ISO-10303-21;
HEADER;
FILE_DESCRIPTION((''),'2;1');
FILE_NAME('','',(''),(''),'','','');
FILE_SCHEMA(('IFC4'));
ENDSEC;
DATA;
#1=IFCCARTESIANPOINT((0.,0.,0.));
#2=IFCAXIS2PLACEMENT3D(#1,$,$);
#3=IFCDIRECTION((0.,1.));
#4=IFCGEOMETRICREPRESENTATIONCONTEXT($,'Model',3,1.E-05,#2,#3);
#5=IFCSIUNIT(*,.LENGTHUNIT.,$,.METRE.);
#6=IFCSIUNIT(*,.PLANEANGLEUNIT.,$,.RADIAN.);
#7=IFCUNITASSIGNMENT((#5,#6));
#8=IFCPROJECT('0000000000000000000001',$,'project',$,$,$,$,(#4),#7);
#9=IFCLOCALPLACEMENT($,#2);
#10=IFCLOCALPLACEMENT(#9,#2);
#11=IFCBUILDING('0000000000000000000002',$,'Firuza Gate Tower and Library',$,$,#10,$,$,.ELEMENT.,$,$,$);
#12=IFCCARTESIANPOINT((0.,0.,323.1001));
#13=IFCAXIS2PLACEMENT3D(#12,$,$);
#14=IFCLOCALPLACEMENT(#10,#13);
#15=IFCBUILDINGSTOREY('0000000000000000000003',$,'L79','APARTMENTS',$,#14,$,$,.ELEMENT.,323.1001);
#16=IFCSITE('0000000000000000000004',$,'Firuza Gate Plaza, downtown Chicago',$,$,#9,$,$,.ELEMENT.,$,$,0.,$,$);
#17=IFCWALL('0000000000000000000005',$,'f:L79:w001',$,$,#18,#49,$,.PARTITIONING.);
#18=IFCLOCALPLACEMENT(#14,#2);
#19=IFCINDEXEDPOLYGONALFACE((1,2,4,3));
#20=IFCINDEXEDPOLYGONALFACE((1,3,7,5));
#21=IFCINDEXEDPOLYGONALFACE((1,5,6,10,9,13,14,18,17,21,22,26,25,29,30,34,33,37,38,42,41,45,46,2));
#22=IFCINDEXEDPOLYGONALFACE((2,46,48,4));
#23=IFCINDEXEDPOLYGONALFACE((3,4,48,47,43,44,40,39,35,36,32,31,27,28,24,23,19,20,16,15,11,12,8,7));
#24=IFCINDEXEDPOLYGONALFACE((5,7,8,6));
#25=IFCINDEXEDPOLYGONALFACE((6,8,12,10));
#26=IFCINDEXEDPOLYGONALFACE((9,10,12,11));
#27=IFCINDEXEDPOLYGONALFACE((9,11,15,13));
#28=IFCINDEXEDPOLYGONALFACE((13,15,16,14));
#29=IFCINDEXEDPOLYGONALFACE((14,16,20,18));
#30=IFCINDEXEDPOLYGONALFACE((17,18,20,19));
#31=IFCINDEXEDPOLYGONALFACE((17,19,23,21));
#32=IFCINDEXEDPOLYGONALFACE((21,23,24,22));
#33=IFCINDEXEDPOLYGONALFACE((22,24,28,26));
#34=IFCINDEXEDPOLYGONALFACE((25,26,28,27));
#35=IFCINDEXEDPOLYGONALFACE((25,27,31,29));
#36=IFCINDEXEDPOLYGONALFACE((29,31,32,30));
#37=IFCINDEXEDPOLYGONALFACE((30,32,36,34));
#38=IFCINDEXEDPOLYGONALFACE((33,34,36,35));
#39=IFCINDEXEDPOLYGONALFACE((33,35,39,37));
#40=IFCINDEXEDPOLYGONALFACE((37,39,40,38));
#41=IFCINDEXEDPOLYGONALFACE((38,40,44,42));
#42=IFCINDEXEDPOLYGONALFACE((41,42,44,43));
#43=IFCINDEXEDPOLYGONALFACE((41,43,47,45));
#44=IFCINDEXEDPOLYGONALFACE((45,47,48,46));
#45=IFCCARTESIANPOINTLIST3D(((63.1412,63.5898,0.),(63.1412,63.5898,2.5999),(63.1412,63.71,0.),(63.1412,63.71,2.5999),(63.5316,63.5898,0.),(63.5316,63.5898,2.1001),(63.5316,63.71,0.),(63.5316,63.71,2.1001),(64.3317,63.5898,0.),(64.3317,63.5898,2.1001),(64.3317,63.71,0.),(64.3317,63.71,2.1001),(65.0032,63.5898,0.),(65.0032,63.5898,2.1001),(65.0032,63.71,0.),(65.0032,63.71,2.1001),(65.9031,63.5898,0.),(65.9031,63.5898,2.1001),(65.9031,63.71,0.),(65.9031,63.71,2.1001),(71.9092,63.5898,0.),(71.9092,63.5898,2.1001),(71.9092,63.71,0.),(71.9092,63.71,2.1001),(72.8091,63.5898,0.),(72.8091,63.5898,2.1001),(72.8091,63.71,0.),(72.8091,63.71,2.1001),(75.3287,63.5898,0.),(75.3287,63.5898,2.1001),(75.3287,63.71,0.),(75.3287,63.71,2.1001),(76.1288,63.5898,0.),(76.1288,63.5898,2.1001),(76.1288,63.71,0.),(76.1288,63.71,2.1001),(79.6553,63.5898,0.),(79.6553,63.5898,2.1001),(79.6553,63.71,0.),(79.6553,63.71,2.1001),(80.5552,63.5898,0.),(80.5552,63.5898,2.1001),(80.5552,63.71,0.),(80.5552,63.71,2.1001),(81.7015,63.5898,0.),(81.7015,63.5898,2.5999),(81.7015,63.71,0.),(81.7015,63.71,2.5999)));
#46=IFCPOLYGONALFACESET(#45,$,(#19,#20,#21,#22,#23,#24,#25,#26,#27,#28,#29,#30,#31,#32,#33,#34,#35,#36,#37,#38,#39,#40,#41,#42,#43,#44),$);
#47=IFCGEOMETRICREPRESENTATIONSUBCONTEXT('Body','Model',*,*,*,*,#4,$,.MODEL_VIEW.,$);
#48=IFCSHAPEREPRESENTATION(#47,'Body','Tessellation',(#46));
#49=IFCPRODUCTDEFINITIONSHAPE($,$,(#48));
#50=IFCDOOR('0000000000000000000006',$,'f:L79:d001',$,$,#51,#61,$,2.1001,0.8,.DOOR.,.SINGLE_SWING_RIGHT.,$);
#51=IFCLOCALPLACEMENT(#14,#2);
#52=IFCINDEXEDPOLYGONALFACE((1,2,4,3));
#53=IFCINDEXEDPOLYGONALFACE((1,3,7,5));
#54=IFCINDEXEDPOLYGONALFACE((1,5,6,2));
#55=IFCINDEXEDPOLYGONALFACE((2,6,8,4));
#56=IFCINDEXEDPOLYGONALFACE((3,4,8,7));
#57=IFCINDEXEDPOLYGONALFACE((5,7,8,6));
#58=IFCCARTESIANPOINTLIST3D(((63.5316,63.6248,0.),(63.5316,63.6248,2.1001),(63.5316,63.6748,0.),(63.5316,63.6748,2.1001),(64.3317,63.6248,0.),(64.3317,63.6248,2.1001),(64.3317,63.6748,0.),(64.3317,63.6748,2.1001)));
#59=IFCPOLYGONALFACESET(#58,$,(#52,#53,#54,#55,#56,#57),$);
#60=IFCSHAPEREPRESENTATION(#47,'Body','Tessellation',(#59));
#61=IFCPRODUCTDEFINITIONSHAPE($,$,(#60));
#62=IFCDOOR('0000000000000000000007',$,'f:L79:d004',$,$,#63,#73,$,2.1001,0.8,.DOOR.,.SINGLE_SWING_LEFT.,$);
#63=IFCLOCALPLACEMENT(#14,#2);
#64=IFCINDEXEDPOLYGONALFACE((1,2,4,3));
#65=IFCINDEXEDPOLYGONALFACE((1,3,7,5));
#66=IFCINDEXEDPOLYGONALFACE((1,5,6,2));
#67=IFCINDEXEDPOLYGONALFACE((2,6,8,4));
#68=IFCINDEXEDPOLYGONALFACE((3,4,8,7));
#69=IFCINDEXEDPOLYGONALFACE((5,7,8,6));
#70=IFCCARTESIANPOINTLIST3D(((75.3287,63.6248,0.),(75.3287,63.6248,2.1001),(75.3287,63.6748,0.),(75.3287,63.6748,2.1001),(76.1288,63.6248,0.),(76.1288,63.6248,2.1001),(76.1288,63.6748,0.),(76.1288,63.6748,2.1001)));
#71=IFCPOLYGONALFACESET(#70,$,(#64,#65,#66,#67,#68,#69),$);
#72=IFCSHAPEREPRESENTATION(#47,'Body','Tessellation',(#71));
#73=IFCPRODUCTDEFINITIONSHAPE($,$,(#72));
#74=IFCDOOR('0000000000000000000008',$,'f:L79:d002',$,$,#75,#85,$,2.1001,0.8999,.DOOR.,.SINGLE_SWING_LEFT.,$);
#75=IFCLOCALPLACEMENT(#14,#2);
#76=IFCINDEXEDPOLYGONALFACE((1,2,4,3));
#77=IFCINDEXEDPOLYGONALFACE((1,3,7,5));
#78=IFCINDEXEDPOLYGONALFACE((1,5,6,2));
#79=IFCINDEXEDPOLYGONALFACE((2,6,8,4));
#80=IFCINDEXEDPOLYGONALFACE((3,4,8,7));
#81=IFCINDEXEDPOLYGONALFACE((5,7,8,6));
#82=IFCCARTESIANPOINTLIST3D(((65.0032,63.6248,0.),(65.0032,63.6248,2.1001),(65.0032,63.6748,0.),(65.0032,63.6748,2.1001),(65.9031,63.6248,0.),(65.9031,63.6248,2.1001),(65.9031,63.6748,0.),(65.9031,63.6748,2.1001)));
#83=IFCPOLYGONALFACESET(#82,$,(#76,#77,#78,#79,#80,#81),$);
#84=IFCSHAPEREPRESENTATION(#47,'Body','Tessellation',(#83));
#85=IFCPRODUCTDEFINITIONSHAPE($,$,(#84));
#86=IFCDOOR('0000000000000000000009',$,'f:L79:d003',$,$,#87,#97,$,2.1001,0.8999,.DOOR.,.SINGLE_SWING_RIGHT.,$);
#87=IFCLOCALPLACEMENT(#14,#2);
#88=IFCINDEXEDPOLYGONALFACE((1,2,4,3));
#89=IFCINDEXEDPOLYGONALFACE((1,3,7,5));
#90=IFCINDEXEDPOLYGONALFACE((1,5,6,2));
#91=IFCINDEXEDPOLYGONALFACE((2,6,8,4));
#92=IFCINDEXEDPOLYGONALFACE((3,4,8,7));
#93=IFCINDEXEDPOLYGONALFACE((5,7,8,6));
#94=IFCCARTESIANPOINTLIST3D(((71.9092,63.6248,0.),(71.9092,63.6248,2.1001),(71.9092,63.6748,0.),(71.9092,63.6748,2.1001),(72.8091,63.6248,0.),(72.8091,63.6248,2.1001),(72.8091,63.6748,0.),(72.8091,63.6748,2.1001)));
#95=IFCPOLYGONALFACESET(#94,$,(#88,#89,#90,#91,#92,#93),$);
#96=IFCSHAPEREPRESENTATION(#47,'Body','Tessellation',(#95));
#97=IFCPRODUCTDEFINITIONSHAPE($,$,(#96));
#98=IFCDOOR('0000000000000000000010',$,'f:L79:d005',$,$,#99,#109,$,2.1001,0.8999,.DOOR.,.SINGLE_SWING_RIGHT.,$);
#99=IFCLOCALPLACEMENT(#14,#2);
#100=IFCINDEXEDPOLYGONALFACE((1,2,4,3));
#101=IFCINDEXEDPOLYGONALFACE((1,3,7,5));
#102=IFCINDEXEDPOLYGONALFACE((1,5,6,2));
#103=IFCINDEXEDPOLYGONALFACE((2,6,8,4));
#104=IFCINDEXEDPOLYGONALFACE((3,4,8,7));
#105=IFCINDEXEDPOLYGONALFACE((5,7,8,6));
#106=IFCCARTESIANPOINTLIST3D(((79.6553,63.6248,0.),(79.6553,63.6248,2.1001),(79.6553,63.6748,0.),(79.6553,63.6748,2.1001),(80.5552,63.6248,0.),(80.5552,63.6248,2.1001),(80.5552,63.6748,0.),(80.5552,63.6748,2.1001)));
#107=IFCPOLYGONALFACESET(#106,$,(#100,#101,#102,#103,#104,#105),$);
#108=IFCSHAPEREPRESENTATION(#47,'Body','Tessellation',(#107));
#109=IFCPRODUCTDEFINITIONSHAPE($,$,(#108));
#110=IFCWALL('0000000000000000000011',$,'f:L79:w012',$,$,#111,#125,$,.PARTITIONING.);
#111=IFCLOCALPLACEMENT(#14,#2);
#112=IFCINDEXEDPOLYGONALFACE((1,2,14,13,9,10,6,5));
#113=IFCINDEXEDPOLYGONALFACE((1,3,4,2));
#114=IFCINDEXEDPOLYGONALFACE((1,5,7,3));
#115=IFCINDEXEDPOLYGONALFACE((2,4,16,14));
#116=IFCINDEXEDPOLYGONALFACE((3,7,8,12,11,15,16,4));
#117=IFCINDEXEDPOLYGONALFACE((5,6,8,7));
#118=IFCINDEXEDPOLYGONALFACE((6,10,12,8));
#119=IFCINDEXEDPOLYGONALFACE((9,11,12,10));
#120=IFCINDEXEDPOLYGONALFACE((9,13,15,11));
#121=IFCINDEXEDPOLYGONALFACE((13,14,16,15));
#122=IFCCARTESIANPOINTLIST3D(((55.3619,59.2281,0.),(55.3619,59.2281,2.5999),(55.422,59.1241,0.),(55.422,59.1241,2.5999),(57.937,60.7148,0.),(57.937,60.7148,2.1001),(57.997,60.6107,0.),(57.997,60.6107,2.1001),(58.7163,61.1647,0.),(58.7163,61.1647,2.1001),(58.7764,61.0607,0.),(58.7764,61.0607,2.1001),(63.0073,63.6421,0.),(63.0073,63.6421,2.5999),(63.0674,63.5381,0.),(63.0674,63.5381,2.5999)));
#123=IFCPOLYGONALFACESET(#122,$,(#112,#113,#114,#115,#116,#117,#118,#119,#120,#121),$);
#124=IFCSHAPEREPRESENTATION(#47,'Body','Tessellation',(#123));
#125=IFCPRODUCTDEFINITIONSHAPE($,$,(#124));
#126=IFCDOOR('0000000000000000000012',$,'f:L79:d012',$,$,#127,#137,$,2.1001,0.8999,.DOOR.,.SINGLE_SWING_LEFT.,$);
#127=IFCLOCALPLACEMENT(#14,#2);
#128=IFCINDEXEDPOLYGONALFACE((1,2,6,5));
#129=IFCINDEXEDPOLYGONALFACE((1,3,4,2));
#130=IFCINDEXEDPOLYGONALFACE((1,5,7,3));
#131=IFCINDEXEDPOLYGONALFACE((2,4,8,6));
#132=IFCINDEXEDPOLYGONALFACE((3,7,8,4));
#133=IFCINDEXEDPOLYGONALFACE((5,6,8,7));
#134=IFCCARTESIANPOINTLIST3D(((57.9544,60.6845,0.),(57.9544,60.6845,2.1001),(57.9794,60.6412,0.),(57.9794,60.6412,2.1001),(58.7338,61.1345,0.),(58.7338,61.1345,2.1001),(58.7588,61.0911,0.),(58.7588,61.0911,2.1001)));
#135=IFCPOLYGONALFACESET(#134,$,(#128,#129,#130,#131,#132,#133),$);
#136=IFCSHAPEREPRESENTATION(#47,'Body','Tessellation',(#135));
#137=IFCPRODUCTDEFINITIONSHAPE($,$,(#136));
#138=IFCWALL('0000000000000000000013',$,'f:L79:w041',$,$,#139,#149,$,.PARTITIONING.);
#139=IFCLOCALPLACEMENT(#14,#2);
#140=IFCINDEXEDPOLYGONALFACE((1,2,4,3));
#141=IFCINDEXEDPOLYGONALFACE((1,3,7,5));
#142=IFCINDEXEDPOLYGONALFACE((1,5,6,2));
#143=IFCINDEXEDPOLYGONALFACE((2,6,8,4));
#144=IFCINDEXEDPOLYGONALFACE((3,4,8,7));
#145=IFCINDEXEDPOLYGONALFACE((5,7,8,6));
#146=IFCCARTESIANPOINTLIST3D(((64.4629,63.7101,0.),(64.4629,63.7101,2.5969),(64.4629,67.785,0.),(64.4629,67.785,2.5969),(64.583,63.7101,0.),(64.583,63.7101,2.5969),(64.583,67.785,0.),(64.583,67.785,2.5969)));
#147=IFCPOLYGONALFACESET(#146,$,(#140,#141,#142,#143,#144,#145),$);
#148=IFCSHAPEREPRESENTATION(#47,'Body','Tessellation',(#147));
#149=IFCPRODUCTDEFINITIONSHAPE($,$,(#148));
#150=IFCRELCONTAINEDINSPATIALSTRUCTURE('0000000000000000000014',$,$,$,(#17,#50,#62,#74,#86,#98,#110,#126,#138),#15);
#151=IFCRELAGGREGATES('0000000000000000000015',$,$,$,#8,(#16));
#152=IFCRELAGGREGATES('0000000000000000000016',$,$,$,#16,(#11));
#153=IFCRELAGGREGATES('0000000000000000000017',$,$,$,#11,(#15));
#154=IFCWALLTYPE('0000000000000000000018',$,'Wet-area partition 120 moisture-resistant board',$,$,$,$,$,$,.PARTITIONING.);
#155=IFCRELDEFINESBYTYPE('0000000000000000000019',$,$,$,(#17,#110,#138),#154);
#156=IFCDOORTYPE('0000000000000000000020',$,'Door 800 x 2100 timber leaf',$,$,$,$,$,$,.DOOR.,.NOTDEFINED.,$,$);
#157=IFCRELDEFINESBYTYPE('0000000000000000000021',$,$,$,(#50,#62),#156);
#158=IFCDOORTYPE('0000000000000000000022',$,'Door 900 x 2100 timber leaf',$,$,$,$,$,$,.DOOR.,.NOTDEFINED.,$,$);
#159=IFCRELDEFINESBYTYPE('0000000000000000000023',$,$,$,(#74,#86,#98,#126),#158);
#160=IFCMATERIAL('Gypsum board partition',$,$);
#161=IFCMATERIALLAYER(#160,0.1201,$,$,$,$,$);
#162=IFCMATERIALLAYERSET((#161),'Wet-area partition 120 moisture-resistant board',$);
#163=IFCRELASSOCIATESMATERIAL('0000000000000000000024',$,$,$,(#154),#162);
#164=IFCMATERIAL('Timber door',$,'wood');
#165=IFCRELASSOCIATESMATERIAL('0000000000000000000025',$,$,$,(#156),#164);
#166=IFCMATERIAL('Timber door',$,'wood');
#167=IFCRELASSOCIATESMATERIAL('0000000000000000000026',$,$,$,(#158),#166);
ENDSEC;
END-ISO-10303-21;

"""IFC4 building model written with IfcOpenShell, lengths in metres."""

from ifc_helpers import new_model, si_unit, direction, frame, frame_2d, origin, place, context, subcontext, project, spatial, rectangle, extrude, material, layer, layer_set, type_object, element, fill, save


model = new_model("IFC4")

# Units and contexts
model_context = context("Model", 3, precision=1e-05, world=origin(), true_north=direction((0.0, 1.0)))
body_context = subcontext(model_context, "Body", "Model", "MODEL_VIEW")
ifc_project = project(units=[si_unit("LENGTHUNIT", "METRE"), si_unit("PLANEANGLEUNIT", "RADIAN")], contexts=[model_context])

# Site, building, storey
site_placement = place(None, origin())
site = spatial("IfcSite", under=ifc_project, at=site_placement, Name="Firuza Gate Plaza, downtown Chicago", CompositionType="ELEMENT", RefElevation=0.0)
building_placement = place(site_placement, origin())
building = spatial("IfcBuilding", under=site, at=building_placement, Name="Firuza Gate Tower and Library", CompositionType="ELEMENT")
storey_placement = place(building_placement, frame((0.0, 0.0, 323.1001)))
storey = spatial("IfcBuildingStorey", under=building, at=storey_placement, Name="L79", Description="APARTMENTS", CompositionType="ELEMENT", Elevation=323.1001)

# Wall, openings, doors
ifc_material_1 = material(Name="Gypsum board partition")
ifc_layer_1 = layer(ifc_material_1, 0.1201)
ifc_layer_set_1 = layer_set([ifc_layer_1], Name="Wet-area partition 120 moisture-resistant board")
wall_type_1 = type_object("IfcWallType", Name="Wet-area partition 120 moisture-resistant board", PredefinedType="PARTITIONING", material=ifc_layer_set_1)
wall_1_placement = place(storey_placement, frame((63.1411, 63.6499, 0.0), z_axis=(0.0, 0.0, 1.0), x_axis=(1.0, 0.0, 0.0)))
wall_1 = element("IfcWall", 1, at=wall_1_placement, inside=storey, type_object=wall_type_1, Name="f:L79:w001", PredefinedType="PARTITIONING", context=body_context, shape_type="SweptSolid", body=[
    extrude(rectangle(XDim=18.5603, YDim=0.1201, at=frame_2d((9.2803, 0.0))), origin(), (0.0, 0.0, 1.0), 2.5999),
])
opening_1_placement = place(wall_1_placement, frame((0.3906, 0.0, 0.0)))
opening_1 = element("IfcOpeningElement", 2, at=opening_1_placement, cuts=wall_1, PredefinedType="OPENING", context=body_context, shape_type="SweptSolid", body=[
    extrude(rectangle(XDim=0.8, YDim=2.1001, at=frame_2d((0.3999, 1.05))), frame((0.0, 0.0701, 0.0), z_axis=(0.0, -1.0, 0.0), x_axis=(1.0, 0.0, 0.0)), (0.0, 0.0, 1.0), 0.1401),
])
opening_2_placement = place(wall_1_placement, frame((1.8621, 0.0, 0.0)))
opening_2 = element("IfcOpeningElement", 3, at=opening_2_placement, cuts=wall_1, PredefinedType="OPENING", context=body_context, shape_type="SweptSolid", body=[
    extrude(rectangle(XDim=0.8999, YDim=2.1001, at=frame_2d((0.45, 1.05))), frame((0.0, 0.0701, 0.0), z_axis=(0.0, -1.0, 0.0), x_axis=(1.0, 0.0, 0.0)), (0.0, 0.0, 1.0), 0.1401),
])
opening_3_placement = place(wall_1_placement, frame((8.7681, 0.0, 0.0)))
opening_3 = element("IfcOpeningElement", 4, at=opening_3_placement, cuts=wall_1, PredefinedType="OPENING", context=body_context, shape_type="SweptSolid", body=[
    extrude(rectangle(XDim=0.8999, YDim=2.1001, at=frame_2d((0.45, 1.05))), frame((0.0, 0.0701, 0.0), z_axis=(0.0, -1.0, 0.0), x_axis=(1.0, 0.0, 0.0)), (0.0, 0.0, 1.0), 0.1401),
])
opening_4_placement = place(wall_1_placement, frame((12.1877, 0.0, 0.0)))
opening_4 = element("IfcOpeningElement", 5, at=opening_4_placement, cuts=wall_1, PredefinedType="OPENING", context=body_context, shape_type="SweptSolid", body=[
    extrude(rectangle(XDim=0.8, YDim=2.1001, at=frame_2d((0.3999, 1.05))), frame((0.0, 0.0701, 0.0), z_axis=(0.0, -1.0, 0.0), x_axis=(1.0, 0.0, 0.0)), (0.0, 0.0, 1.0), 0.1401),
])
opening_5_placement = place(wall_1_placement, frame((16.5142, 0.0, 0.0)))
opening_5 = element("IfcOpeningElement", 6, at=opening_5_placement, cuts=wall_1, PredefinedType="OPENING", context=body_context, shape_type="SweptSolid", body=[
    extrude(rectangle(XDim=0.8999, YDim=2.1001, at=frame_2d((0.45, 1.05))), frame((0.0, 0.0701, 0.0), z_axis=(0.0, -1.0, 0.0), x_axis=(1.0, 0.0, 0.0)), (0.0, 0.0, 1.0), 0.1401),
])
ifc_material_2 = material(Name="Timber door", Category="wood")
door_type_1 = type_object("IfcDoorType", Name="Door 800 x 2100 timber leaf", OperationType="NOTDEFINED", PredefinedType="DOOR", material=ifc_material_2)
door_1_placement = place(opening_1_placement, origin())
door_1 = element("IfcDoor", 7, at=door_1_placement, inside=storey, type_object=door_type_1, Name="f:L79:d001", OperationType="SINGLE_SWING_RIGHT", OverallHeight=2.1001, OverallWidth=0.8, PredefinedType="DOOR", context=body_context, shape_type="SweptSolid", body=[
    extrude(rectangle(XDim=0.8, YDim=2.1001, at=frame_2d((0.3999, 1.05))), frame((0.0, 0.0249, 0.0), z_axis=(0.0, -1.0, 0.0), x_axis=(1.0, 0.0, 0.0)), (0.0, 0.0, 1.0), 0.05),
])
fill(opening_1, door_1)
door_2_placement = place(opening_4_placement, origin())
door_2 = element("IfcDoor", 8, at=door_2_placement, inside=storey, type_object=door_type_1, Name="f:L79:d004", OperationType="SINGLE_SWING_LEFT", OverallHeight=2.1001, OverallWidth=0.8, PredefinedType="DOOR", context=body_context, shape_type="SweptSolid", body=[
    extrude(rectangle(XDim=0.8, YDim=2.1001, at=frame_2d((0.3999, 1.05))), frame((0.0, 0.0249, 0.0), z_axis=(0.0, -1.0, 0.0), x_axis=(1.0, 0.0, 0.0)), (0.0, 0.0, 1.0), 0.05),
])
fill(opening_4, door_2)
ifc_material_3 = material(Name="Timber door", Category="wood")
door_type_2 = type_object("IfcDoorType", Name="Door 900 x 2100 timber leaf", OperationType="NOTDEFINED", PredefinedType="DOOR", material=ifc_material_3)
door_3_placement = place(opening_2_placement, origin())
door_3 = element("IfcDoor", 9, at=door_3_placement, inside=storey, type_object=door_type_2, Name="f:L79:d002", OperationType="SINGLE_SWING_LEFT", OverallHeight=2.1001, OverallWidth=0.8999, PredefinedType="DOOR", context=body_context, shape_type="SweptSolid", body=[
    extrude(rectangle(XDim=0.8999, YDim=2.1001, at=frame_2d((0.45, 1.05))), frame((0.0, 0.0249, 0.0), z_axis=(0.0, -1.0, 0.0), x_axis=(1.0, 0.0, 0.0)), (0.0, 0.0, 1.0), 0.05),
])
fill(opening_2, door_3)
door_4_placement = place(opening_3_placement, origin())
door_4 = element("IfcDoor", 10, at=door_4_placement, inside=storey, type_object=door_type_2, Name="f:L79:d003", OperationType="SINGLE_SWING_RIGHT", OverallHeight=2.1001, OverallWidth=0.8999, PredefinedType="DOOR", context=body_context, shape_type="SweptSolid", body=[
    extrude(rectangle(XDim=0.8999, YDim=2.1001, at=frame_2d((0.45, 1.05))), frame((0.0, 0.0249, 0.0), z_axis=(0.0, -1.0, 0.0), x_axis=(1.0, 0.0, 0.0)), (0.0, 0.0, 1.0), 0.05),
])
fill(opening_3, door_4)
door_5_placement = place(opening_5_placement, origin())
door_5 = element("IfcDoor", 11, at=door_5_placement, inside=storey, type_object=door_type_2, Name="f:L79:d005", OperationType="SINGLE_SWING_RIGHT", OverallHeight=2.1001, OverallWidth=0.8999, PredefinedType="DOOR", context=body_context, shape_type="SweptSolid", body=[
    extrude(rectangle(XDim=0.8999, YDim=2.1001, at=frame_2d((0.45, 1.05))), frame((0.0, 0.0249, 0.0), z_axis=(0.0, -1.0, 0.0), x_axis=(1.0, 0.0, 0.0)), (0.0, 0.0, 1.0), 0.05),
])
fill(opening_5, door_5)

# Wall, opening, door
wall_2_placement = place(storey_placement, frame((63.0374, 63.5901, 0.0), z_axis=(0.0, 0.0, 1.0), x_axis=(-0.866029, -0.499994, 0.0)))
wall_2 = element("IfcWall", 12, at=wall_2_placement, inside=storey, type_object=wall_type_1, Name="f:L79:w012", PredefinedType="PARTITIONING", context=body_context, shape_type="SweptSolid", body=[
    extrude(rectangle(XDim=8.8281, YDim=0.1201, at=frame_2d((4.4141, 0.0))), origin(), (0.0, 0.0, 1.0), 2.5999),
])
opening_6_placement = place(wall_2_placement, frame((4.9548, 0.0, 0.0)))
opening_6 = element("IfcOpeningElement", 13, at=opening_6_placement, cuts=wall_2, PredefinedType="OPENING", context=body_context, shape_type="SweptSolid", body=[
    extrude(rectangle(XDim=0.8999, YDim=2.1001, at=frame_2d((0.45, 1.05))), frame((0.0, 0.0701, 0.0), z_axis=(0.0, -1.0, 0.0), x_axis=(1.0, 0.0, 0.0)), (0.0, 0.0, 1.0), 0.1401),
])
door_6_placement = place(opening_6_placement, origin())
door_6 = element("IfcDoor", 14, at=door_6_placement, inside=storey, type_object=door_type_2, Name="f:L79:d012", OperationType="SINGLE_SWING_LEFT", OverallHeight=2.1001, OverallWidth=0.8999, PredefinedType="DOOR", context=body_context, shape_type="SweptSolid", body=[
    extrude(rectangle(XDim=0.8999, YDim=2.1001, at=frame_2d((0.45, 1.05))), frame((0.0, 0.0249, 0.0), z_axis=(0.0, -1.0, 0.0), x_axis=(1.0, 0.0, 0.0)), (0.0, 0.0, 1.0), 0.05),
])
fill(opening_6, door_6)

# Wall
wall_3_placement = place(storey_placement, frame((64.5229, 63.71, 0.0), z_axis=(0.0, 0.0, 1.0), x_axis=(0.0, 1.0, 0.0)))
element("IfcWall", 15, at=wall_3_placement, inside=storey, type_object=wall_type_1, Name="f:L79:w041", PredefinedType="PARTITIONING", context=body_context, shape_type="SweptSolid", body=[
    extrude(rectangle(XDim=4.075, YDim=0.1201, at=frame_2d((2.0376, 0.0))), origin(), (0.0, 0.0, 1.0), 2.5969),
])

save(model, "model.ifc")
